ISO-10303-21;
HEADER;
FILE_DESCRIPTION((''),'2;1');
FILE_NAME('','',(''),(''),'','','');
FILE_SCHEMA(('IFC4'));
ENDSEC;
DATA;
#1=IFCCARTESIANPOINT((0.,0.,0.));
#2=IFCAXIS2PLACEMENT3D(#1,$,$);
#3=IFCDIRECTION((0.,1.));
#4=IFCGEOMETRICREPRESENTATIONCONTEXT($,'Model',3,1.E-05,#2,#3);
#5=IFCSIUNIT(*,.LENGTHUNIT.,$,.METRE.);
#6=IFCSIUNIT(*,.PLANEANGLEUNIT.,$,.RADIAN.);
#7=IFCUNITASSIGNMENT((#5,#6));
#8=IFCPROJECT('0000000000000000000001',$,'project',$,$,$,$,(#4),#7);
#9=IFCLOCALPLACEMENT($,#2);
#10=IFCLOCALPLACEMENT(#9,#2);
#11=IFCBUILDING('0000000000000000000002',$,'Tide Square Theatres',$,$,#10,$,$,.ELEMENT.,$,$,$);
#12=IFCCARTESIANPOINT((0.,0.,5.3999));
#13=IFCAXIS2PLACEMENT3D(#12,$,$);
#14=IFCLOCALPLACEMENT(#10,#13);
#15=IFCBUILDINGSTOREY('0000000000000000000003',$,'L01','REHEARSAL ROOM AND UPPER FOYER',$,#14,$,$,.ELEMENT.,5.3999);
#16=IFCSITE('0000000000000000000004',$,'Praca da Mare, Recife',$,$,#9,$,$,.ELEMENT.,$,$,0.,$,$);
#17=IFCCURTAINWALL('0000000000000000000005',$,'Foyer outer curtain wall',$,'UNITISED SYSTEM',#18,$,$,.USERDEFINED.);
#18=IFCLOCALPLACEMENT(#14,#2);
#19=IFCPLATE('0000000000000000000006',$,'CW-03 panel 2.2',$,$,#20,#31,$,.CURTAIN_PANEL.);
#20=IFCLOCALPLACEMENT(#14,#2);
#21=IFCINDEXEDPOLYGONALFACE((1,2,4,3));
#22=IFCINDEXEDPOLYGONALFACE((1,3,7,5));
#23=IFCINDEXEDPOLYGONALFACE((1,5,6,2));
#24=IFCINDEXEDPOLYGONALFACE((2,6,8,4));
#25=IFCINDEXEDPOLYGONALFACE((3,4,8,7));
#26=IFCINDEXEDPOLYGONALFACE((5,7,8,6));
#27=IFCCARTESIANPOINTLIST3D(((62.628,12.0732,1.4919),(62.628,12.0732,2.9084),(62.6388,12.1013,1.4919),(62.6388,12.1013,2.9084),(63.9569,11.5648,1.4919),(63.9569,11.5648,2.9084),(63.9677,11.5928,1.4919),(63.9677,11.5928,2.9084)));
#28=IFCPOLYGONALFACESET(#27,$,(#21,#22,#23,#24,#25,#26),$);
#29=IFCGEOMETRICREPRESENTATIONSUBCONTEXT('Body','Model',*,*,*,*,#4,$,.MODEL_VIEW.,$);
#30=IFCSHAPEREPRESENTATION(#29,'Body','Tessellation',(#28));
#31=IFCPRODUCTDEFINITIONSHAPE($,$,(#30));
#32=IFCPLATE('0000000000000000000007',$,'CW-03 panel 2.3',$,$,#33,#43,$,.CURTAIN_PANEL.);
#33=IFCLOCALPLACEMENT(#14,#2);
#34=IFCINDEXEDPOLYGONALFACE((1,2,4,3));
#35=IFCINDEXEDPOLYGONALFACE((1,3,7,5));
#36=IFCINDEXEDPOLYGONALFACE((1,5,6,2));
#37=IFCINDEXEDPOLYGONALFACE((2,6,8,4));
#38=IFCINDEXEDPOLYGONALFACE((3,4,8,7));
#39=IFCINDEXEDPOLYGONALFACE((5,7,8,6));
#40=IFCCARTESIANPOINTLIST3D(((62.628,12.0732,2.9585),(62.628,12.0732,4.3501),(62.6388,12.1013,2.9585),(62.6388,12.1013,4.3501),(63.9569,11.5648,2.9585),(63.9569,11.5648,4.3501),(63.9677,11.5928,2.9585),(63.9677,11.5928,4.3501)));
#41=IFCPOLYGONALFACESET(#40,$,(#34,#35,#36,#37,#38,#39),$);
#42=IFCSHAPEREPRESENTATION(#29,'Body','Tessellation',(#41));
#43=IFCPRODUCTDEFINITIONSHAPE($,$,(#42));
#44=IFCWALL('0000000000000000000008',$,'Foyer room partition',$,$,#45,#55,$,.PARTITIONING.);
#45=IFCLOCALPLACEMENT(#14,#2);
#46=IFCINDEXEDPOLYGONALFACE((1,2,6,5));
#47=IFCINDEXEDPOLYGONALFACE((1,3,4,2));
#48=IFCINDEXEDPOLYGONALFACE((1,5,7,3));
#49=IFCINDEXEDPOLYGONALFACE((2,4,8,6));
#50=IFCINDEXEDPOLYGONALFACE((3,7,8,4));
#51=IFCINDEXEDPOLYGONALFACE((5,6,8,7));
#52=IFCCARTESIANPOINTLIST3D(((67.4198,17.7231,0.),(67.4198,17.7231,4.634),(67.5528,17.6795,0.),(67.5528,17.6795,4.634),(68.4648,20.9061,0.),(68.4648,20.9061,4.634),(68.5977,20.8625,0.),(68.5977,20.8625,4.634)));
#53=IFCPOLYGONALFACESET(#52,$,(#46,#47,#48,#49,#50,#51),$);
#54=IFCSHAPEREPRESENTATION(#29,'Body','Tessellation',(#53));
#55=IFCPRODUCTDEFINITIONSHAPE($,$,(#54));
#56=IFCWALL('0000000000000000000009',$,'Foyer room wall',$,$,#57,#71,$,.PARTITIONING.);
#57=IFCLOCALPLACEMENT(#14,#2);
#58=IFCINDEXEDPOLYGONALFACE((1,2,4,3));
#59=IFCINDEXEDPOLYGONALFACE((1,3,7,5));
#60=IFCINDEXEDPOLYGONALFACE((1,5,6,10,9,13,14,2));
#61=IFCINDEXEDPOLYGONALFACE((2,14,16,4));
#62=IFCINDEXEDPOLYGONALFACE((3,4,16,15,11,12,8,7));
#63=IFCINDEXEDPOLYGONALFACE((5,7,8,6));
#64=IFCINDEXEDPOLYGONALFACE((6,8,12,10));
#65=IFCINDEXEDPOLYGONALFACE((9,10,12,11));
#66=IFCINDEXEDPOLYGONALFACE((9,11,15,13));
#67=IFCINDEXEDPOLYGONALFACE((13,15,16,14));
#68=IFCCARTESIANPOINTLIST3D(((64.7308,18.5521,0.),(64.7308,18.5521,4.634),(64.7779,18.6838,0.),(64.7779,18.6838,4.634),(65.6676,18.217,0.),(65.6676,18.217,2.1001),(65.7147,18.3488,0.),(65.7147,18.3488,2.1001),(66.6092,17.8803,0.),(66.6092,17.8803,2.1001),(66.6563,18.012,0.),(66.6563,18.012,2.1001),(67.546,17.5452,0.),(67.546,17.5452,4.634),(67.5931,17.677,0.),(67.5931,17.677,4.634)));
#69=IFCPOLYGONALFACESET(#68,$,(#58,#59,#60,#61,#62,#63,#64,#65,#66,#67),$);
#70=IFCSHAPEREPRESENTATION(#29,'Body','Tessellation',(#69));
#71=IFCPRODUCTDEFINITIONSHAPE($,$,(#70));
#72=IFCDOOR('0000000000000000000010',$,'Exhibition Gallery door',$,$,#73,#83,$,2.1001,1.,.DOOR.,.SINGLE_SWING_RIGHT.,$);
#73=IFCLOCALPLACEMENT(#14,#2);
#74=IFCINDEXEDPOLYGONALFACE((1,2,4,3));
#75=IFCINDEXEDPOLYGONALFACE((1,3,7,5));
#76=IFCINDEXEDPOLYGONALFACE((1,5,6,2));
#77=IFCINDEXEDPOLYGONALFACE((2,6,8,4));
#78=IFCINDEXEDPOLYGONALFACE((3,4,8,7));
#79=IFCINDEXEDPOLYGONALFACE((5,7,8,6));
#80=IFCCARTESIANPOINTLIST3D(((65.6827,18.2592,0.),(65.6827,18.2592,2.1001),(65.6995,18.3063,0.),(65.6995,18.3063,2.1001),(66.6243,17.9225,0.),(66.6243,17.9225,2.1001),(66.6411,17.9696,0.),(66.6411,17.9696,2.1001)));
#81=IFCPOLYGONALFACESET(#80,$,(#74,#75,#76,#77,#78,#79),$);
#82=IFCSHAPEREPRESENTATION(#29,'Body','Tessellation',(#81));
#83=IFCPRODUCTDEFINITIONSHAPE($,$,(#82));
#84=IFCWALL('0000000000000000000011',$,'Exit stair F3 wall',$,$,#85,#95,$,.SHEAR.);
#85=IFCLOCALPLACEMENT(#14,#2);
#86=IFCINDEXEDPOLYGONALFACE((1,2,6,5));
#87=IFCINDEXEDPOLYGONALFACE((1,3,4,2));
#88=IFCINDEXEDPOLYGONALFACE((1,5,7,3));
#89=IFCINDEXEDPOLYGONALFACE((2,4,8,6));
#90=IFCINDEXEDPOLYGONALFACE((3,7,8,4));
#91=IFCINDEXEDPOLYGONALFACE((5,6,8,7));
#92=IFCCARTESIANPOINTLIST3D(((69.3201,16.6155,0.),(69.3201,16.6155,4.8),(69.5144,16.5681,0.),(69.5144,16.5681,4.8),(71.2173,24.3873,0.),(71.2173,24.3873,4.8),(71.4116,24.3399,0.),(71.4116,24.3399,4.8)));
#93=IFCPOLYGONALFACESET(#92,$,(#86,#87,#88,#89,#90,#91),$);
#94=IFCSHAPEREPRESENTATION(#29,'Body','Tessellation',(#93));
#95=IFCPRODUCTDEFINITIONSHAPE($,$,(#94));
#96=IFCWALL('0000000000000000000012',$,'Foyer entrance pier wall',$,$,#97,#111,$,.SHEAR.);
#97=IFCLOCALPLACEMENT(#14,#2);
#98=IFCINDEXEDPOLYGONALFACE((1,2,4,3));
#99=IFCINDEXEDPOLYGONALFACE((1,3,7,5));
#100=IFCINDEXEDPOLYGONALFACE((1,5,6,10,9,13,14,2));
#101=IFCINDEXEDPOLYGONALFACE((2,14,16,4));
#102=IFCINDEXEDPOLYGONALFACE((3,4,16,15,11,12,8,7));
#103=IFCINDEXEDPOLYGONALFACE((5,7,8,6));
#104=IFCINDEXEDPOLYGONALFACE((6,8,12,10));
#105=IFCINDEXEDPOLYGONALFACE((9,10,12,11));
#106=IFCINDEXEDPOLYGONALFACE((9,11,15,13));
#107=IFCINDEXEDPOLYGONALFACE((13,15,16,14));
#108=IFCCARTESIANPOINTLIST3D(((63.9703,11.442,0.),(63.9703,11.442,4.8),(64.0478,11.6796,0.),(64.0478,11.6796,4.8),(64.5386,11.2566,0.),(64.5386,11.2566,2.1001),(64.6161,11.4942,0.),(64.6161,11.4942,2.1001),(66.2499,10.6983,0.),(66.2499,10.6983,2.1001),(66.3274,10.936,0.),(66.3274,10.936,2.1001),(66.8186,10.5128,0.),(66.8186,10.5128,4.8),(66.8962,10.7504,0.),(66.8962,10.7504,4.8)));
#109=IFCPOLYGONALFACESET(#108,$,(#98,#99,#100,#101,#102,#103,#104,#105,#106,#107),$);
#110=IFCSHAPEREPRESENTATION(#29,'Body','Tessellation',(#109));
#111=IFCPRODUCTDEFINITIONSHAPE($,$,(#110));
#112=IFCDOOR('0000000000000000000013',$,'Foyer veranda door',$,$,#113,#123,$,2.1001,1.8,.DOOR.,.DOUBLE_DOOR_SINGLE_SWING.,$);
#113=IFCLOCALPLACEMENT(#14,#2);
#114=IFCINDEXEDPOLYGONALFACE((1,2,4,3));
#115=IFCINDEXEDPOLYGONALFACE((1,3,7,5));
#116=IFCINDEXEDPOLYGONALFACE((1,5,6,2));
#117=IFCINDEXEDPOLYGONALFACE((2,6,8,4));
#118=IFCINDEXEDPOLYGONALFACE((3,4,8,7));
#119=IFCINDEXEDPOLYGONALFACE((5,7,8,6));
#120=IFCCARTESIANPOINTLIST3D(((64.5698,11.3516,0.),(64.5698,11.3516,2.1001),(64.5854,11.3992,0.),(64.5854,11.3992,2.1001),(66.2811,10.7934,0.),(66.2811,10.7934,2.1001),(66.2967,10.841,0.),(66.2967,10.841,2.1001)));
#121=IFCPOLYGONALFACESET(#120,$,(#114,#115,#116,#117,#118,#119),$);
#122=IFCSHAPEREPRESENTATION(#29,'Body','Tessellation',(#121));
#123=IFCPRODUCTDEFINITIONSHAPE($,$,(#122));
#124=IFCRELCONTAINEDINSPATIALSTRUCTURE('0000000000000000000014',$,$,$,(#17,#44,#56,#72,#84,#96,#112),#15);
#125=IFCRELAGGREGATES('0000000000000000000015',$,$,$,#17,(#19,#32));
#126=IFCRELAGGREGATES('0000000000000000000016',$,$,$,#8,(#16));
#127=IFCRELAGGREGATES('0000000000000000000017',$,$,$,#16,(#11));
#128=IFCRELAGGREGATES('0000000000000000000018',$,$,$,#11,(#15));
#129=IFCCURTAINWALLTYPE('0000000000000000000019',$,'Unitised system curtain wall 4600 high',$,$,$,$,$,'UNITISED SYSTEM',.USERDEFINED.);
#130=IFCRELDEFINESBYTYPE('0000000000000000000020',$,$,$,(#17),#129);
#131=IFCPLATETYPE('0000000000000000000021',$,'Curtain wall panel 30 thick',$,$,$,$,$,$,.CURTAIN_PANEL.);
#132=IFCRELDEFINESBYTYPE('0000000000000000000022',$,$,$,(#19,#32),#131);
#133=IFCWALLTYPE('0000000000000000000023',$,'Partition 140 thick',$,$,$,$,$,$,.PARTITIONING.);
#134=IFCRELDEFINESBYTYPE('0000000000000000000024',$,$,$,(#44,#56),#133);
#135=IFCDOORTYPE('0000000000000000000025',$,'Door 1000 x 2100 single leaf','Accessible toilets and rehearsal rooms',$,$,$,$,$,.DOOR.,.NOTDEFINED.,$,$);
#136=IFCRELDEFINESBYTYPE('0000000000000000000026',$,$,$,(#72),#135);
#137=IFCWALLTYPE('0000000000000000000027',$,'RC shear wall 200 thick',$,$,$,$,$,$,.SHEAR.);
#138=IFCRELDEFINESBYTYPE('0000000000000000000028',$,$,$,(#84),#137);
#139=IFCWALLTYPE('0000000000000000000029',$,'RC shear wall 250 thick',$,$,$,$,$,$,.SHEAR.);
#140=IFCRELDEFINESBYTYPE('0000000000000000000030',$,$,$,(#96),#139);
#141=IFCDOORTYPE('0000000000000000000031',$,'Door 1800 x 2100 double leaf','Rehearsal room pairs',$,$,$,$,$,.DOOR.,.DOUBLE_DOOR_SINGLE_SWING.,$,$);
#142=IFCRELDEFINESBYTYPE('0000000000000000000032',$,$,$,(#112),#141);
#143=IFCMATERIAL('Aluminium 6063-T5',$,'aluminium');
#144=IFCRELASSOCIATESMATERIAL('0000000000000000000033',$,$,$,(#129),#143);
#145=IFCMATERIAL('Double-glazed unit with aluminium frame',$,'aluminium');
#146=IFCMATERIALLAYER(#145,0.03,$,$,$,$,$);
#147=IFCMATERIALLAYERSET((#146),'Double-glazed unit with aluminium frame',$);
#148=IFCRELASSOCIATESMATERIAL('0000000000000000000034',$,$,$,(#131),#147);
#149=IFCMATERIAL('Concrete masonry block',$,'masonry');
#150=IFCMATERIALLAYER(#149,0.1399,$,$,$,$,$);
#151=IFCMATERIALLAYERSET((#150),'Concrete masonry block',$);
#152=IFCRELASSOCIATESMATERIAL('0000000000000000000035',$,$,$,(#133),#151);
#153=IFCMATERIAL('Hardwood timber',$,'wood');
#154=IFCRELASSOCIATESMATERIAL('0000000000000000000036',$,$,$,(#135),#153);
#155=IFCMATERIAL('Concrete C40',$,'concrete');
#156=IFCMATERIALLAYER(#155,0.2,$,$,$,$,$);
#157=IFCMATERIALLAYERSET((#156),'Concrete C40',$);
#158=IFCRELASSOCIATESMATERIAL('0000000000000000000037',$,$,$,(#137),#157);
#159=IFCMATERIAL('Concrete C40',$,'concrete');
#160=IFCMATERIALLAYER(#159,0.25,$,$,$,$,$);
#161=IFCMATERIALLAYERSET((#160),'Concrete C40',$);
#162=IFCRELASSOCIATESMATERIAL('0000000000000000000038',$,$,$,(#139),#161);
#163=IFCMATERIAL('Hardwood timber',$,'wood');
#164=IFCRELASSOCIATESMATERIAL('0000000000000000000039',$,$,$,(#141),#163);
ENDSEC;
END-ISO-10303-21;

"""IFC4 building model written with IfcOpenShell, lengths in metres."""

from ifc_helpers import new_model, si_unit, direction, frame, frame_2d, origin, origin_2d, place, context, subcontext, project, spatial, rectangle, extrude, material, layer, layer_set, type_object, element, fill, aggregate, save


model = new_model("IFC4")

# Units and contexts
model_context = context("Model", 3, precision=1e-05, world=origin(), true_north=direction((0.0, 1.0)))
body_context = subcontext(model_context, "Body", "Model", "MODEL_VIEW")
ifc_project = project(units=[si_unit("LENGTHUNIT", "METRE"), si_unit("PLANEANGLEUNIT", "RADIAN")], contexts=[model_context])

# Site, building, storey
site_placement = place(None, origin())
site = spatial("IfcSite", under=ifc_project, at=site_placement, Name="Praca da Mare, Recife", CompositionType="ELEMENT", RefElevation=0.0)
building_placement = place(site_placement, origin())
building = spatial("IfcBuilding", under=site, at=building_placement, Name="Tide Square Theatres", CompositionType="ELEMENT")
storey_placement = place(building_placement, frame((0.0, 0.0, 5.3999)))
storey = spatial("IfcBuildingStorey", under=building, at=storey_placement, Name="L01", Description="REHEARSAL ROOM AND UPPER FOYER", CompositionType="ELEMENT", Elevation=5.3999)

# Curtain wall
ifc_material_1 = material(Name="Aluminium 6063-T5", Category="aluminium")
curtain_wall_type = type_object("IfcCurtainWallType", Name="Unitised system curtain wall 4600 high", ElementType="UNITISED SYSTEM", PredefinedType="USERDEFINED", material=ifc_material_1)
curtain_wall_1_placement = place(storey_placement, origin())
curtain_wall_1 = element("IfcCurtainWall", 1, at=curtain_wall_1_placement, inside=storey, type_object=curtain_wall_type, Name="Foyer outer curtain wall", ObjectType="UNITISED SYSTEM", PredefinedType="USERDEFINED")

# Plates
ifc_material_2 = material(Name="Double-glazed unit with aluminium frame", Category="aluminium")
ifc_layer_1 = layer(ifc_material_2, 0.03)
ifc_layer_set_1 = layer_set([ifc_layer_1], Name="Double-glazed unit with aluminium frame")
plate_type = type_object("IfcPlateType", Name="Curtain wall panel 30 thick", PredefinedType="CURTAIN_PANEL", material=ifc_layer_set_1)
plate_1_placement = place(storey_placement, frame((63.2979, 11.833, 1.4919), z_axis=(0.0, 0.0, 1.0), x_axis=(0.93397, -0.357352, 0.0)))
plate_1 = element("IfcPlate", 2, at=plate_1_placement, type_object=plate_type, Name="CW-03 panel 2.2", PredefinedType="CURTAIN_PANEL", context=body_context, shape_type="SweptSolid", body=[
    extrude(rectangle(XDim=1.4229, YDim=0.03, at=origin_2d()), origin(), (0.0, 0.0, 1.0), 1.4165),
])
plate_2_placement = place(storey_placement, frame((63.2979, 11.833, 2.9585), z_axis=(0.0, 0.0, 1.0), x_axis=(0.93397, -0.357352, 0.0)))
plate_2 = element("IfcPlate", 3, at=plate_2_placement, type_object=plate_type, Name="CW-03 panel 2.3", PredefinedType="CURTAIN_PANEL", context=body_context, shape_type="SweptSolid", body=[
    extrude(rectangle(XDim=1.4229, YDim=0.03, at=origin_2d()), origin(), (0.0, 0.0, 1.0), 1.3916),
])
aggregate(curtain_wall_1, [plate_1, plate_2])

# Wall
ifc_material_3 = material(Name="Concrete masonry block", Category="masonry")
ifc_layer_2 = layer(ifc_material_3, 0.1399)
ifc_layer_set_2 = layer_set([ifc_layer_2], Name="Concrete masonry block")
wall_type_1 = type_object("IfcWallType", Name="Partition 140 thick", PredefinedType="PARTITIONING", material=ifc_layer_set_2)
wall_1_placement = place(storey_placement, frame((68.5312, 20.8843, 0.0), z_axis=(0.0, 0.0, 1.0), x_axis=(-0.311917, -0.950109, 0.0)))
element("IfcWall", 4, at=wall_1_placement, inside=storey, type_object=wall_type_1, Name="Foyer room partition", PredefinedType="PARTITIONING", context=body_context, shape_type="SweptSolid", body=[
    extrude(rectangle(XDim=3.3501, YDim=0.1399, at=frame_2d((1.675, 0.0))), origin(), (0.0, 0.0, 1.0), 4.634),
])

# Wall, opening, door
wall_2_placement = place(storey_placement, frame((64.7544, 18.6179, 0.0), z_axis=(0.0, 0.0, 1.0), x_axis=(0.941592, -0.336755, 0.0)))
wall_2 = element("IfcWall", 5, at=wall_2_placement, inside=storey, type_object=wall_type_1, Name="Foyer room wall", PredefinedType="PARTITIONING", context=body_context, shape_type="SweptSolid", body=[
    extrude(rectangle(XDim=2.9897, YDim=0.1399, at=frame_2d((1.4949, 0.0))), origin(), (0.0, 0.0, 1.0), 4.634),
])
opening_1_placement = place(wall_2_placement, frame((0.9949, 0.0, 0.0)))
opening_1 = element("IfcOpeningElement", 6, at=opening_1_placement, cuts=wall_2, PredefinedType="OPENING", context=body_context, shape_type="SweptSolid", body=[
    extrude(rectangle(XDim=1.0, YDim=2.1001, at=frame_2d((0.5, 1.05))), frame((0.0, 0.0798, 0.0), z_axis=(0.0, -1.0, 0.0), x_axis=(1.0, 0.0, 0.0)), (0.0, 0.0, 1.0), 0.1599),
])
ifc_material_4 = material(Name="Hardwood timber", Category="wood")
door_type_1 = type_object("IfcDoorType", Name="Door 1000 x 2100 single leaf", Description="Accessible toilets and rehearsal rooms", OperationType="NOTDEFINED", PredefinedType="DOOR", material=ifc_material_4)
door_1_placement = place(opening_1_placement, origin())
door_1 = element("IfcDoor", 7, at=door_1_placement, inside=storey, type_object=door_type_1, Name="Exhibition Gallery door", OperationType="SINGLE_SWING_RIGHT", OverallHeight=2.1001, OverallWidth=1.0, PredefinedType="DOOR", context=body_context, shape_type="SweptSolid", body=[
    extrude(rectangle(XDim=1.0, YDim=2.1001, at=frame_2d((0.5, 1.05))), frame((0.0, 0.0249, 0.0), z_axis=(0.0, -1.0, 0.0), x_axis=(1.0, 0.0, 0.0)), (0.0, 0.0, 1.0), 0.05),
])
fill(opening_1, door_1)

# Wall
ifc_material_5 = material(Name="Concrete C40", Category="concrete")
ifc_layer_3 = layer(ifc_material_5, 0.2)
ifc_layer_set_3 = layer_set([ifc_layer_3], Name="Concrete C40")
wall_type_2 = type_object("IfcWallType", Name="RC shear wall 200 thick", PredefinedType="SHEAR", material=ifc_layer_set_3)
wall_3_placement = place(storey_placement, frame((69.4172, 16.5918, 0.0), z_axis=(0.0, 0.0, 1.0), x_axis=(0.237154, 0.971472, 0.0)))
element("IfcWall", 8, at=wall_3_placement, inside=storey, type_object=wall_type_2, Name="Exit stair F3 wall", PredefinedType="SHEAR", context=body_context, shape_type="SweptSolid", body=[
    extrude(rectangle(XDim=8.0, YDim=0.2, at=frame_2d((4.0, 0.0))), origin(), (0.0, 0.0, 1.0), 4.8),
])

# Wall, opening, door
ifc_material_6 = material(Name="Concrete C40", Category="concrete")
ifc_layer_4 = layer(ifc_material_6, 0.25)
ifc_layer_set_4 = layer_set([ifc_layer_4], Name="Concrete C40")
wall_type_3 = type_object("IfcWallType", Name="RC shear wall 250 thick", PredefinedType="SHEAR", material=ifc_layer_set_4)
wall_4_placement = place(storey_placement, frame((64.009, 11.5608, 0.0), z_axis=(0.0, 0.0, 1.0), x_axis=(0.950693, -0.310134, 0.0)))
wall_4 = element("IfcWall", 9, at=wall_4_placement, inside=storey, type_object=wall_type_3, Name="Foyer entrance pier wall", PredefinedType="SHEAR", context=body_context, shape_type="SweptSolid", body=[
    extrude(rectangle(XDim=2.9961, YDim=0.25, at=frame_2d((1.498, 0.0))), origin(), (0.0, 0.0, 1.0), 4.8),
])
opening_2_placement = place(wall_4_placement, frame((0.5979, 0.0, 0.0)))
opening_2 = element("IfcOpeningElement", 10, at=opening_2_placement, cuts=wall_4, PredefinedType="OPENING", context=body_context, shape_type="SweptSolid", body=[
    extrude(rectangle(XDim=1.8, YDim=2.1001, at=frame_2d((0.8999, 1.05))), frame((0.0, 0.135, 0.0), z_axis=(0.0, -1.0, 0.0), x_axis=(1.0, 0.0, 0.0)), (0.0, 0.0, 1.0), 0.27),
])
ifc_material_7 = material(Name="Hardwood timber", Category="wood")
door_type_2 = type_object("IfcDoorType", Name="Door 1800 x 2100 double leaf", Description="Rehearsal room pairs", OperationType="DOUBLE_DOOR_SINGLE_SWING", PredefinedType="DOOR", material=ifc_material_7)
door_2_placement = place(opening_2_placement, frame((1.8, 0.0, 0.0), z_axis=(0.0, 0.0, 1.0), x_axis=(-1.0, 0.0, 0.0)))
door_2 = element("IfcDoor", 11, at=door_2_placement, inside=storey, type_object=door_type_2, Name="Foyer veranda door", OperationType="DOUBLE_DOOR_SINGLE_SWING", OverallHeight=2.1001, OverallWidth=1.8, PredefinedType="DOOR", context=body_context, shape_type="SweptSolid", body=[
    extrude(rectangle(XDim=1.8, YDim=2.1001, at=frame_2d((0.8999, 1.05))), frame((0.0, 0.0249, 0.0), z_axis=(0.0, -1.0, 0.0), x_axis=(1.0, 0.0, 0.0)), (0.0, 0.0, 1.0), 0.05),
])
fill(opening_2, door_2)

save(model, "model.ifc")
